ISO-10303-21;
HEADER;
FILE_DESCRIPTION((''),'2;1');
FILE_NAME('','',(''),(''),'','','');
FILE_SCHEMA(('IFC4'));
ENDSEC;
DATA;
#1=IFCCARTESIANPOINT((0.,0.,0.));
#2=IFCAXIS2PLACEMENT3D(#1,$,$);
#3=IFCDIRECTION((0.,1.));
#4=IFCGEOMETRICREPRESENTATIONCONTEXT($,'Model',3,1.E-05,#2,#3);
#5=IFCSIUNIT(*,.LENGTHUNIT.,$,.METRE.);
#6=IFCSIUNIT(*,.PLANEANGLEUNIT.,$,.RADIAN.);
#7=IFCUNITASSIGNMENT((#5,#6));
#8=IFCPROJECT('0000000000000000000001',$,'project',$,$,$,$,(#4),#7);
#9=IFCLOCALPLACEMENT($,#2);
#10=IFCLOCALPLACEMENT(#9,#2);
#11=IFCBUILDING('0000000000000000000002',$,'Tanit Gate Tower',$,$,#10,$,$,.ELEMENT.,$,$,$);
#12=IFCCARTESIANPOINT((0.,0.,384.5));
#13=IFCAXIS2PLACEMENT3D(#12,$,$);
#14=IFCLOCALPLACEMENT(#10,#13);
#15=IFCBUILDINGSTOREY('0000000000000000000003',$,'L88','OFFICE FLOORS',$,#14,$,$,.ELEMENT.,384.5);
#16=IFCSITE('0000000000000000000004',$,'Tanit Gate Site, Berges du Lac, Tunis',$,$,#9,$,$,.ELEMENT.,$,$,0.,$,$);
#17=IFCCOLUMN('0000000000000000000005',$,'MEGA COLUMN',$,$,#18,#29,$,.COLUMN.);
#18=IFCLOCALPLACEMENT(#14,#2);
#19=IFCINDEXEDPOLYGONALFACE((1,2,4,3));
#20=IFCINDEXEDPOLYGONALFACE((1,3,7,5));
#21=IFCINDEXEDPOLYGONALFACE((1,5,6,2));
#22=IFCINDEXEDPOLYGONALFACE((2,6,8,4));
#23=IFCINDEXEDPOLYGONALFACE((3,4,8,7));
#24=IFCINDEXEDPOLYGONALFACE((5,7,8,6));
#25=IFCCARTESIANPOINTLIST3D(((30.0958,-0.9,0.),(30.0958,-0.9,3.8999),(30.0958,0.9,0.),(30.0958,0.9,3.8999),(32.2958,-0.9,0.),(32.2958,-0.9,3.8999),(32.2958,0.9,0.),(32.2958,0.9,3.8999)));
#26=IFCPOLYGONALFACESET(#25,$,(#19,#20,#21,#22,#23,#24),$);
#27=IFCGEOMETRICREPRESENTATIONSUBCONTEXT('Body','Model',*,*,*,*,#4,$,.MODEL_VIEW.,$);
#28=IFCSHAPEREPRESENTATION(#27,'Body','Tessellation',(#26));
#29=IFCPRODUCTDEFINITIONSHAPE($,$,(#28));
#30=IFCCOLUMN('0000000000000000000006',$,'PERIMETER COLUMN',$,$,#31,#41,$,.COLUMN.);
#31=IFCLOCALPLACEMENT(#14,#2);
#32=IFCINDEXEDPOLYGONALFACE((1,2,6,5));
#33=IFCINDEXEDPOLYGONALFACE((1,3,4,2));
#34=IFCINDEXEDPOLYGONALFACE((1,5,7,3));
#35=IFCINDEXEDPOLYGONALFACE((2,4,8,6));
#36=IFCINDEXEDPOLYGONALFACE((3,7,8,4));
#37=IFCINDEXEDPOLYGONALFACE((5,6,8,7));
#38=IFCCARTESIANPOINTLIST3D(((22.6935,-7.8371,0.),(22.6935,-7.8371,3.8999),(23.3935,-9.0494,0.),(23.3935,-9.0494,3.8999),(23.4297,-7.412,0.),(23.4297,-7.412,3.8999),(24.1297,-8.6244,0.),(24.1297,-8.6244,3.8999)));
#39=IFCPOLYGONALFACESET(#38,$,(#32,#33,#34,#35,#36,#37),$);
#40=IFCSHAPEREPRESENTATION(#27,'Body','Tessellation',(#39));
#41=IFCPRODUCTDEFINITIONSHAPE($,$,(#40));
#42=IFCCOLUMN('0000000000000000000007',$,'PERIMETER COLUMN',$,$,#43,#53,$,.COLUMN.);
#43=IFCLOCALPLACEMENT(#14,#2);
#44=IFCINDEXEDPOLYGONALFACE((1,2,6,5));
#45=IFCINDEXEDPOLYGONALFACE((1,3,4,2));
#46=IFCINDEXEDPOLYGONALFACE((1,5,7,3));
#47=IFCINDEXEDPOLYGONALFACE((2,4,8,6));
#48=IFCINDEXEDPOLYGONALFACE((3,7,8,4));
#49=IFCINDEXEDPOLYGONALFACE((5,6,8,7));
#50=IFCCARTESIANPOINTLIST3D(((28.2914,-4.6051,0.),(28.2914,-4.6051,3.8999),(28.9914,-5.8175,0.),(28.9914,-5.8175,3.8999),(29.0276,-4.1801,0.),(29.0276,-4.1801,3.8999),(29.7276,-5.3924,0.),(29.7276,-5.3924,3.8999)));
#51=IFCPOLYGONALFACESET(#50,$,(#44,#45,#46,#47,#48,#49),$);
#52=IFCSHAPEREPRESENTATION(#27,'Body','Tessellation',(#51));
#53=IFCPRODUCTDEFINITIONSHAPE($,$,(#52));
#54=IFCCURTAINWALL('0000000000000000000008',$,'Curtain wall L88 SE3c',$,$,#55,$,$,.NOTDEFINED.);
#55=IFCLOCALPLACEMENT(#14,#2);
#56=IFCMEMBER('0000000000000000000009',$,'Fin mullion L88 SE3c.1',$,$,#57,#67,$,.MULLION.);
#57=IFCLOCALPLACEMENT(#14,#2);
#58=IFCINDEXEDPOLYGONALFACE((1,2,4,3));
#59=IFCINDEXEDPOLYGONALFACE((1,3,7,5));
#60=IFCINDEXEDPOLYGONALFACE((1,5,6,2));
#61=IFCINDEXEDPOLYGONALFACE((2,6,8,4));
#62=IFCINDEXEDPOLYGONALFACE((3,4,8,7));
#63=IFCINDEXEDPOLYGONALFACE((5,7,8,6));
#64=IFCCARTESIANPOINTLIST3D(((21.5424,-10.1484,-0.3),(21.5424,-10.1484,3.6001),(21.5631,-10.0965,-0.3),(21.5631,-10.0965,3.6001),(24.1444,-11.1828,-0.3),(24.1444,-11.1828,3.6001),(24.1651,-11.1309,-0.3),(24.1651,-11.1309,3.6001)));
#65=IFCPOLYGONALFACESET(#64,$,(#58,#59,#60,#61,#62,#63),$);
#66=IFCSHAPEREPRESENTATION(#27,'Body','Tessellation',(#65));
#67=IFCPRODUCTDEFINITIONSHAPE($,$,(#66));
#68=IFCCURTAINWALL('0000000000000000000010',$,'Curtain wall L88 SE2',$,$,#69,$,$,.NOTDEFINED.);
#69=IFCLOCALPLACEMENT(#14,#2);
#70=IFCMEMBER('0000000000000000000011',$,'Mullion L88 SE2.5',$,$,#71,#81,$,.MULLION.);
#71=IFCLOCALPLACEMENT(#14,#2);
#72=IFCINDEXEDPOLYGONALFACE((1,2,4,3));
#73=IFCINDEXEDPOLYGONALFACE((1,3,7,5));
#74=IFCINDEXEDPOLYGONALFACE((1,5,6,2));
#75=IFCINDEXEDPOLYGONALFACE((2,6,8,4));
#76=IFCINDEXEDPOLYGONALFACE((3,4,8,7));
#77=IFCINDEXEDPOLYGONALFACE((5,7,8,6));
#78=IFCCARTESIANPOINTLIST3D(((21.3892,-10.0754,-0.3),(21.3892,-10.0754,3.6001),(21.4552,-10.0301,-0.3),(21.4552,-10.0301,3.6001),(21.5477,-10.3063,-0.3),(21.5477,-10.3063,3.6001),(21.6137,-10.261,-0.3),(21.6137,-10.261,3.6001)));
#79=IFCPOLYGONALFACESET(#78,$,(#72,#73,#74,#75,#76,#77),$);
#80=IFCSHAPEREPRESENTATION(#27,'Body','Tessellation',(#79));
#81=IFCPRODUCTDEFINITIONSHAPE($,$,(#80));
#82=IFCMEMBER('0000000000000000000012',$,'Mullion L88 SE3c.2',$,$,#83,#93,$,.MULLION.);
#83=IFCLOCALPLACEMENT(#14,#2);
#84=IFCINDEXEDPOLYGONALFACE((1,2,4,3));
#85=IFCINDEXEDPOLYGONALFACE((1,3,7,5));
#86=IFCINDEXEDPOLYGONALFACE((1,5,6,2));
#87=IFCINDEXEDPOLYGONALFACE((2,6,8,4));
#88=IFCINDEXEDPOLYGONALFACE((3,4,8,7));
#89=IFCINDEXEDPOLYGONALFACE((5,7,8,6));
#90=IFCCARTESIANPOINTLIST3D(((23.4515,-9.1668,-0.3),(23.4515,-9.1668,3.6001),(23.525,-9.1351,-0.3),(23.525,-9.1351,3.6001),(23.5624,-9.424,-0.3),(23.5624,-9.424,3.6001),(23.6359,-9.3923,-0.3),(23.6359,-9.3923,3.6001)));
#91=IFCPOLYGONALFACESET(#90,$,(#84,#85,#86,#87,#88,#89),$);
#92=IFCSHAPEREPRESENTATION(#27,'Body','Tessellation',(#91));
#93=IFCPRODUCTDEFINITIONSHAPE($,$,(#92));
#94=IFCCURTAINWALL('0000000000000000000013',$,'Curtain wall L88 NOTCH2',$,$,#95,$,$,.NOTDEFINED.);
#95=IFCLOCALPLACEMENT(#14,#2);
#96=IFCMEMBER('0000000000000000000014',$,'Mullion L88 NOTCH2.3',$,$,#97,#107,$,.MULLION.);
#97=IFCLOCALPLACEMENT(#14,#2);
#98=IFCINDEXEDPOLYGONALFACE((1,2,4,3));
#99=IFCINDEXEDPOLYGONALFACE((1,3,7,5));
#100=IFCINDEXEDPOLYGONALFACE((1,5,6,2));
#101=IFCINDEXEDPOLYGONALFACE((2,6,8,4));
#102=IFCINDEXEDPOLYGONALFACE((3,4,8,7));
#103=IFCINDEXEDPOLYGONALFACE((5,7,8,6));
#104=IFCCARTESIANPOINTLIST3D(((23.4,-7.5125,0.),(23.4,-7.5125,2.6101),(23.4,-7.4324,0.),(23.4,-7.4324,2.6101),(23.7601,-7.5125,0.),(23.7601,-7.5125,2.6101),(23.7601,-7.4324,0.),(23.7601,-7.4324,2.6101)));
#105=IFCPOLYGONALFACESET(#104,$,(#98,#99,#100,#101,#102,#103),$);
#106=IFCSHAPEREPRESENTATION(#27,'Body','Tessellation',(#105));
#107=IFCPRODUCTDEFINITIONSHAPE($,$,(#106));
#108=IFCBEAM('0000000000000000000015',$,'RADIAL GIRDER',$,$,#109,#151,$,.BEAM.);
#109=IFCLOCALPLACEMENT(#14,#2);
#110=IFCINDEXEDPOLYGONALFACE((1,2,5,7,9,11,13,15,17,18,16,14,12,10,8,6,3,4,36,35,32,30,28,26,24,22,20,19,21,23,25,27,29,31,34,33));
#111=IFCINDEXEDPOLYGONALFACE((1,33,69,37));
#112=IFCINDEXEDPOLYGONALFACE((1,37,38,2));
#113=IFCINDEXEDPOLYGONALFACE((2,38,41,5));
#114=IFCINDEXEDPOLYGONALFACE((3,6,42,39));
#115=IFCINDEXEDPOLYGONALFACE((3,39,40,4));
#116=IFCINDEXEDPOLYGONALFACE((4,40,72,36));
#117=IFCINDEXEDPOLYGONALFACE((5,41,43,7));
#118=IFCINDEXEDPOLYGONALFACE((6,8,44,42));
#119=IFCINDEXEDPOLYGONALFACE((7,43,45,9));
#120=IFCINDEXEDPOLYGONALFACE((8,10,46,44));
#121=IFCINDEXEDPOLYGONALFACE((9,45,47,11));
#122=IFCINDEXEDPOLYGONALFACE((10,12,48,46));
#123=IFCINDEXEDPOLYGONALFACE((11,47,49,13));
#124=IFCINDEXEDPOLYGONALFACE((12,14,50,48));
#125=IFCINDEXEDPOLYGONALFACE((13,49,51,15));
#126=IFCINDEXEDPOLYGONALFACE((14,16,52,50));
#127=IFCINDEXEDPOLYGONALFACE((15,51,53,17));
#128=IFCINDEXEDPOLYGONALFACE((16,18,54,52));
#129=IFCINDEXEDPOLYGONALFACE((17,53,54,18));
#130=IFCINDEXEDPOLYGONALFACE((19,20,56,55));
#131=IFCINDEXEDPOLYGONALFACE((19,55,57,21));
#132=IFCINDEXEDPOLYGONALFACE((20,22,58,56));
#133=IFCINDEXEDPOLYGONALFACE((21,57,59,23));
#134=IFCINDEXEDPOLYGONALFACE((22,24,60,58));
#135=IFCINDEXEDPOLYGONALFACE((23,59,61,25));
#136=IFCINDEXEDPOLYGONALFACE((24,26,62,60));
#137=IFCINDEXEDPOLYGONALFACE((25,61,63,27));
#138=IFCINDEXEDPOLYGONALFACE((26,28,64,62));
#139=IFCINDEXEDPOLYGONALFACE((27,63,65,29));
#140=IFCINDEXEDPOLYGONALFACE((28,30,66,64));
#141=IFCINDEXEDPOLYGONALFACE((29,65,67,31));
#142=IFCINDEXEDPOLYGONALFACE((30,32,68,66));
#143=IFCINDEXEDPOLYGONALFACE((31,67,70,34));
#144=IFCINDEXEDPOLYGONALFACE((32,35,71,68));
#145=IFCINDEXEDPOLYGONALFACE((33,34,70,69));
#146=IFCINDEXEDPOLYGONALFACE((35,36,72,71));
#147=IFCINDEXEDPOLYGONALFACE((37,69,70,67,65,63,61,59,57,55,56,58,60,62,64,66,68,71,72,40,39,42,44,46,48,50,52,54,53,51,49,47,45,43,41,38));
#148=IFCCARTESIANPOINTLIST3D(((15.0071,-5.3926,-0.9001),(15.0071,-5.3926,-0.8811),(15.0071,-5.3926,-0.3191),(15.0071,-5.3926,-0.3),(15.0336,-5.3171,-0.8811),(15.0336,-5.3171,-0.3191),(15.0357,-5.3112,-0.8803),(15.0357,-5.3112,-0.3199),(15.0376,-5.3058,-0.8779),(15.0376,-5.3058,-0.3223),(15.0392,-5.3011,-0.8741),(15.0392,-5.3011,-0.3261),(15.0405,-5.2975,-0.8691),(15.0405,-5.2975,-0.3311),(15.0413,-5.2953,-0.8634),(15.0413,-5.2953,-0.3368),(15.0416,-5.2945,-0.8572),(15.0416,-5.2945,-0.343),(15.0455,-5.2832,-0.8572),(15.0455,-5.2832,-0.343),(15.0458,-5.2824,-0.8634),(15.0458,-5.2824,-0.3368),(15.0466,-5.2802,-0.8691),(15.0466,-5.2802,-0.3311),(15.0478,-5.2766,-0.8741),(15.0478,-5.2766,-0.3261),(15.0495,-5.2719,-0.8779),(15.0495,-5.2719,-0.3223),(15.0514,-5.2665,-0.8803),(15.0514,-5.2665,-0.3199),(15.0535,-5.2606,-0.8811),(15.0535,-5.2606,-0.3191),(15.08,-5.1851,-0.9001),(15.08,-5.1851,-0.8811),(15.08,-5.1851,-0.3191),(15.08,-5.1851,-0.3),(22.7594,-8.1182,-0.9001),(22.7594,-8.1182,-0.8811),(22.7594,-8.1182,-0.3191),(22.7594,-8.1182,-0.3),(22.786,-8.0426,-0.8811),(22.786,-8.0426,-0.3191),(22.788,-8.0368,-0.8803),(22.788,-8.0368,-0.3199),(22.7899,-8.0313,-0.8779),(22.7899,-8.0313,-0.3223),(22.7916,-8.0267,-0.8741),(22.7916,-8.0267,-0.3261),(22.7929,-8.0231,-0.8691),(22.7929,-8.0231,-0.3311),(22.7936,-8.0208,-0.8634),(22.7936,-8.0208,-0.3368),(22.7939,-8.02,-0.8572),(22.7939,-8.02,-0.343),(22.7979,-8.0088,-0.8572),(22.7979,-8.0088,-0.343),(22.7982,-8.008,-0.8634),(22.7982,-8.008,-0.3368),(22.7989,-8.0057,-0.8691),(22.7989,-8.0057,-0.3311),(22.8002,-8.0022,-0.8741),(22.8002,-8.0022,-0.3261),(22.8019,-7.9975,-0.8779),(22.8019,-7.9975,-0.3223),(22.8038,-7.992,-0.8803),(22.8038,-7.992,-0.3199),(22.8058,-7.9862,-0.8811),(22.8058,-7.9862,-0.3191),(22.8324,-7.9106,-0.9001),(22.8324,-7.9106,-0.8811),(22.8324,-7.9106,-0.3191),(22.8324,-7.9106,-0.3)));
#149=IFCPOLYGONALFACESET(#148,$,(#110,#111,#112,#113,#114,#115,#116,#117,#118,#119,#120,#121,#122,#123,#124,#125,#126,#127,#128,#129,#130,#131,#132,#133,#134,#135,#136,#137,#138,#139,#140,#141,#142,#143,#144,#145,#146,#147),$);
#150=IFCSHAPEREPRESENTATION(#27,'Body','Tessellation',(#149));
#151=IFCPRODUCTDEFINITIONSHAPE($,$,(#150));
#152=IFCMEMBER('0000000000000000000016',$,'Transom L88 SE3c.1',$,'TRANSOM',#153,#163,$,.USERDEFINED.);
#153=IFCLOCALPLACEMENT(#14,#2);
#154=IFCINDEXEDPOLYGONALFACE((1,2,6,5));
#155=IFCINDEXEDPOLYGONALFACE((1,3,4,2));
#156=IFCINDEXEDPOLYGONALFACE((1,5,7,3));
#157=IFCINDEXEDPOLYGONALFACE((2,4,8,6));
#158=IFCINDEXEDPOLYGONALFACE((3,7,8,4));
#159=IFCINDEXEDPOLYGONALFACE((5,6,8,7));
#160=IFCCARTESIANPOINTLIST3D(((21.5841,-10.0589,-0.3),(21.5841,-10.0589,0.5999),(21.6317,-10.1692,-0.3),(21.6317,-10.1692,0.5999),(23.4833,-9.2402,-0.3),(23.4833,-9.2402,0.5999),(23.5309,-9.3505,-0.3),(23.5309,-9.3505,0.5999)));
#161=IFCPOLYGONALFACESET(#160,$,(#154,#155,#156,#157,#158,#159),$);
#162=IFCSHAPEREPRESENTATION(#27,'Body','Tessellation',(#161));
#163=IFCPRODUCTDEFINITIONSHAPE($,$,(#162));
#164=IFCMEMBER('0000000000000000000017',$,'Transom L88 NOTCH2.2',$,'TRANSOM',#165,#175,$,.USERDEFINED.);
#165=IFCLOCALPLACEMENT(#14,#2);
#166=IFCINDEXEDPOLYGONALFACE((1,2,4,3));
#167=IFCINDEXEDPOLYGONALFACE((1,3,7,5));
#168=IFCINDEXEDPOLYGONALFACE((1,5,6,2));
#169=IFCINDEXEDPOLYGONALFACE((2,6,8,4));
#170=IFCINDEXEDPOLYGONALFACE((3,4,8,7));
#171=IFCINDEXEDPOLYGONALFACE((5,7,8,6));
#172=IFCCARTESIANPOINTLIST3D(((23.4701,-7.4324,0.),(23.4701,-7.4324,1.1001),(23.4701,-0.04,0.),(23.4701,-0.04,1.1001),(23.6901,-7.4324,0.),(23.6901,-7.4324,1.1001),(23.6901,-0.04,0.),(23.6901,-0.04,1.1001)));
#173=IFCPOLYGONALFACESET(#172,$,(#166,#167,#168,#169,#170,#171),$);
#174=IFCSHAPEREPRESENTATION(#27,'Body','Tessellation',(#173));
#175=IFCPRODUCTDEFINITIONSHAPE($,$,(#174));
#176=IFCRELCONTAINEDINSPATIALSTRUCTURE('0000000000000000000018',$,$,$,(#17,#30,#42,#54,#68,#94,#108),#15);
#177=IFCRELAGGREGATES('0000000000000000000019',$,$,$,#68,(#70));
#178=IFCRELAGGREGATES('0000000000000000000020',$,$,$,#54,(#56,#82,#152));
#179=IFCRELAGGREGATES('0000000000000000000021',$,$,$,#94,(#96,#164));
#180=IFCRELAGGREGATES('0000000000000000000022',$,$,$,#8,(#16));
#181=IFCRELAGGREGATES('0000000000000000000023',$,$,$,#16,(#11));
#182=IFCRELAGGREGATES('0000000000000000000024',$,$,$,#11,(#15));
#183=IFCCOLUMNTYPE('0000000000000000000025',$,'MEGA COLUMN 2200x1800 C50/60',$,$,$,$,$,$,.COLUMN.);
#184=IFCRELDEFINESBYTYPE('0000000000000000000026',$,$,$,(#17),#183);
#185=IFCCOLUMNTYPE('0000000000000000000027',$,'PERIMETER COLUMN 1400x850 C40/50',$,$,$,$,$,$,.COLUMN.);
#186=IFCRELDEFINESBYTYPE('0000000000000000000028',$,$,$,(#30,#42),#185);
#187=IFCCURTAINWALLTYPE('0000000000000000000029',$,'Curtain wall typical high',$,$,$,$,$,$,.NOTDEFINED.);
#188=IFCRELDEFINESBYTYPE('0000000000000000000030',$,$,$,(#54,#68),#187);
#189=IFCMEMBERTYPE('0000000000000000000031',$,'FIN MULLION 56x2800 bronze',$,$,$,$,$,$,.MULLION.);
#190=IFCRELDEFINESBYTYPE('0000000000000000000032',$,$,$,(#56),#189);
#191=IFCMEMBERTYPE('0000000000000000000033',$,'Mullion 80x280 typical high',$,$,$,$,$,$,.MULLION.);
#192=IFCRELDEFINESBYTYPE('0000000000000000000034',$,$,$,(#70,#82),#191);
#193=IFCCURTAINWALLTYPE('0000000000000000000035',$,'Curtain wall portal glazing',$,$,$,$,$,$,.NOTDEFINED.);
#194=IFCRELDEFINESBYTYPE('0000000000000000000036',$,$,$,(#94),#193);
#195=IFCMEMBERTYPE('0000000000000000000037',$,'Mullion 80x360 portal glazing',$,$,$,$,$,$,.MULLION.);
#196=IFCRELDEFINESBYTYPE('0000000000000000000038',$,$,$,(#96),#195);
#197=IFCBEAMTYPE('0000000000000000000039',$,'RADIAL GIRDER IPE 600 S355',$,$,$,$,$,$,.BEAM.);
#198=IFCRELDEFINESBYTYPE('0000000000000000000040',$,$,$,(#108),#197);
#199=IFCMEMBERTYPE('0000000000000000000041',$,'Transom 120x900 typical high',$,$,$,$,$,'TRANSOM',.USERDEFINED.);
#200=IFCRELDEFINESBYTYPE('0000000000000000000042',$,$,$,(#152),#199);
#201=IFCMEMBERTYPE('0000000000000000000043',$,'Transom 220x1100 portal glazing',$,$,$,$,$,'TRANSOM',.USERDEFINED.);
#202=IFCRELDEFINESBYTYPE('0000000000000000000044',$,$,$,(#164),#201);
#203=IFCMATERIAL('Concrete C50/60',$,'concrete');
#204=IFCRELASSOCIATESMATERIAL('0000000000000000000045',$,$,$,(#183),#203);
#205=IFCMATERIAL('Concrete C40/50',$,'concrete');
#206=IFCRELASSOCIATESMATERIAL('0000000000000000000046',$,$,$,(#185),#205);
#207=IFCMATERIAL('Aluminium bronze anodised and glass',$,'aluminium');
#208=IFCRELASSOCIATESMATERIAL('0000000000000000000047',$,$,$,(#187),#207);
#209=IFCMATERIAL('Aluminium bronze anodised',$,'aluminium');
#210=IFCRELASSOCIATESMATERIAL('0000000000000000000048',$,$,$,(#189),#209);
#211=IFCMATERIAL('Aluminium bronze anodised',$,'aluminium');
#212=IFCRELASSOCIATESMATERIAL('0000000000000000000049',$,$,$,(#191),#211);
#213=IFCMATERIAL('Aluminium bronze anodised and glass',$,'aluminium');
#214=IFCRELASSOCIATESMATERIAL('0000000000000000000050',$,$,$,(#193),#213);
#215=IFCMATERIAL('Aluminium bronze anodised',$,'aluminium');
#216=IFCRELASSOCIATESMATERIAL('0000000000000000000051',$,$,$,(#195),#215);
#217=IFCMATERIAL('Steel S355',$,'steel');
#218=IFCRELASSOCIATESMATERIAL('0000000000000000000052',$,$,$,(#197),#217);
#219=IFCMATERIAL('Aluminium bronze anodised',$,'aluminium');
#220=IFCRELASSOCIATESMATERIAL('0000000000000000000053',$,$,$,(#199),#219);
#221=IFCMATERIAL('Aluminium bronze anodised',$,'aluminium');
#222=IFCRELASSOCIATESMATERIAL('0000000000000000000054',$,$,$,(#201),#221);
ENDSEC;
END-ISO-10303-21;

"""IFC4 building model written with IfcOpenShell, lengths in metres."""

from ifc_helpers import new_model, si_unit, direction, frame, origin, origin_2d, place, context, subcontext, project, spatial, rectangle, i_section, extrude, material, material_profile, profile_set, type_object, element, aggregate, save


model = new_model("IFC4")

# Units and contexts
model_context = context("Model", 3, precision=1e-05, world=origin(), true_north=direction((0.0, 1.0)))
body_context = subcontext(model_context, "Body", "Model", "MODEL_VIEW")
ifc_project = project(units=[si_unit("LENGTHUNIT", "METRE"), si_unit("PLANEANGLEUNIT", "RADIAN")], contexts=[model_context])

# Site, building, storey
site_placement = place(None, origin())
site = spatial("IfcSite", under=ifc_project, at=site_placement, Name="Tanit Gate Site, Berges du Lac, Tunis", CompositionType="ELEMENT", RefElevation=0.0)
building_placement = place(site_placement, origin())
building = spatial("IfcBuilding", under=site, at=building_placement, Name="Tanit Gate Tower", CompositionType="ELEMENT")
storey_placement = place(building_placement, frame((0.0, 0.0, 384.5)))
storey = spatial("IfcBuildingStorey", under=building, at=storey_placement, Name="L88", Description="OFFICE FLOORS", CompositionType="ELEMENT", Elevation=384.5)

# Columns
ifc_material_1 = material(Name="Concrete C50/60", Category="concrete")
ifc_material_profile_1 = material_profile(ifc_material_1, rectangle(XDim=2.2, YDim=1.8, at=origin_2d()), Name="RC 2200x1800")
ifc_profile_set_1 = profile_set([ifc_material_profile_1], Name="Concrete C50/60")
column_type_1 = type_object("IfcColumnType", Name="MEGA COLUMN 2200x1800 C50/60", PredefinedType="COLUMN", material=ifc_profile_set_1)
column_placement = place(storey_placement, frame((31.1958, 0.0, 0.0), z_axis=(0.0, 0.0, 1.0), x_axis=(1.0, 0.0, 0.0)))
element("IfcColumn", 1, at=column_placement, inside=storey, type_object=column_type_1, Name="MEGA COLUMN", PredefinedType="COLUMN", context=body_context, shape_type="SweptSolid", body=[
    extrude(rectangle(XDim=2.2, YDim=1.8, at=origin_2d()), origin(), (0.0, 0.0, 1.0), 3.8999),
])
ifc_material_2 = material(Name="Concrete C40/50", Category="concrete")
ifc_material_profile_2 = material_profile(ifc_material_2, rectangle(XDim=1.3999, YDim=0.8501, at=origin_2d()), Name="RC 1400x850")
ifc_profile_set_2 = profile_set([ifc_material_profile_2], Name="Concrete C40/50")
column_type_2 = type_object("IfcColumnType", Name="PERIMETER COLUMN 1400x850 C40/50", PredefinedType="COLUMN", material=ifc_profile_set_2)
for number, where, z_axis, x_axis, name in (
    (2, (23.4116, -8.2307, 0.0), (0.0, 0.0, 1.0), (0.5, -0.866025, 0.0), "PERIMETER COLUMN"),
    (3, (29.0095, -4.9988, 0.0), (0.0, 0.0, 1.0), (0.5, -0.866025, 0.0), "PERIMETER COLUMN"),
):
    element("IfcColumn", number, at=place(storey_placement, frame(where, z_axis=z_axis, x_axis=x_axis)), inside=storey, type_object=column_type_2, Name=name, PredefinedType="COLUMN", context=body_context, shape_type="SweptSolid", body=[
        extrude(rectangle(XDim=1.3999, YDim=0.8501, at=origin_2d()), origin(), (0.0, 0.0, 1.0), 3.8999),
    ])

# Curtain walls, members
ifc_material_3 = material(Name="Aluminium bronze anodised and glass", Category="aluminium")
curtain_wall_type_1 = type_object("IfcCurtainWallType", Name="Curtain wall typical high", PredefinedType="NOTDEFINED", material=ifc_material_3)
curtain_wall_1_placement = place(storey_placement, origin())
curtain_wall_1 = element("IfcCurtainWall", 4, at=curtain_wall_1_placement, inside=storey, type_object=curtain_wall_type_1, Name="Curtain wall L88 SE3c", PredefinedType="NOTDEFINED")
ifc_material_4 = material(Name="Aluminium bronze anodised", Category="aluminium")
ifc_material_profile_3 = material_profile(ifc_material_4, rectangle(XDim=2.8, YDim=0.0559, at=origin_2d()), Name="56x2800 bronze fin mullion")
ifc_profile_set_3 = profile_set([ifc_material_profile_3], Name="Aluminium bronze anodised")
member_type_1 = type_object("IfcMemberType", Name="FIN MULLION 56x2800 bronze", PredefinedType="MULLION", material=ifc_profile_set_3)
member_1_placement = place(storey_placement, frame((22.8538, -10.6396, -0.3), z_axis=(0.0, 0.0, 1.0), x_axis=(-0.929264, 0.369417, 0.0)))
member_1 = element("IfcMember", 5, at=member_1_placement, type_object=member_type_1, Name="Fin mullion L88 SE3c.1", PredefinedType="MULLION", context=body_context, shape_type="SweptSolid", body=[
    extrude(rectangle(XDim=2.8, YDim=0.0559, at=origin_2d()), origin(), (0.0, 0.0, 1.0), 3.9001),
])
curtain_wall_2_placement = place(storey_placement, origin())
curtain_wall_2 = element("IfcCurtainWall", 6, at=curtain_wall_2_placement, inside=storey, type_object=curtain_wall_type_1, Name="Curtain wall L88 SE2", PredefinedType="NOTDEFINED")
ifc_material_5 = material(Name="Aluminium bronze anodised", Category="aluminium")
ifc_material_profile_4 = material_profile(ifc_material_5, rectangle(XDim=0.28, YDim=0.0801, at=origin_2d()), Name="80x280 bronze mullion")
ifc_profile_set_4 = profile_set([ifc_material_profile_4], Name="Aluminium bronze anodised")
member_type_2 = type_object("IfcMemberType", Name="Mullion 80x280 typical high", PredefinedType="MULLION", material=ifc_profile_set_4)
member_2_placement = place(storey_placement, frame((21.5015, -10.1682, -0.3), z_axis=(0.0, 0.0, 1.0), x_axis=(-0.565893, 0.824479, 0.0)))
member_2 = element("IfcMember", 7, at=member_2_placement, type_object=member_type_2, Name="Mullion L88 SE2.5", PredefinedType="MULLION", context=body_context, shape_type="SweptSolid", body=[
    extrude(rectangle(XDim=0.28, YDim=0.0801, at=origin_2d()), origin(), (0.0, 0.0, 1.0), 3.9001),
])
aggregate(curtain_wall_2, [member_2])

# Member
member_3_placement = place(storey_placement, frame((23.5437, -9.2795, -0.3), z_axis=(0.0, 0.0, 1.0), x_axis=(-0.395871, 0.918306, 0.0)))
member_3 = element("IfcMember", 8, at=member_3_placement, type_object=member_type_2, Name="Mullion L88 SE3c.2", PredefinedType="MULLION", context=body_context, shape_type="SweptSolid", body=[
    extrude(rectangle(XDim=0.28, YDim=0.0801, at=origin_2d()), origin(), (0.0, 0.0, 1.0), 3.9001),
])

# Curtain wall, member
ifc_material_6 = material(Name="Aluminium bronze anodised and glass", Category="aluminium")
curtain_wall_type_2 = type_object("IfcCurtainWallType", Name="Curtain wall portal glazing", PredefinedType="NOTDEFINED", material=ifc_material_6)
curtain_wall_3_placement = place(storey_placement, origin())
curtain_wall_3 = element("IfcCurtainWall", 9, at=curtain_wall_3_placement, inside=storey, type_object=curtain_wall_type_2, Name="Curtain wall L88 NOTCH2", PredefinedType="NOTDEFINED")
ifc_material_7 = material(Name="Aluminium bronze anodised", Category="aluminium")
ifc_material_profile_5 = material_profile(ifc_material_7, rectangle(XDim=0.3601, YDim=0.0801, at=origin_2d()), Name="80x360 bronze mullion")
ifc_profile_set_5 = profile_set([ifc_material_profile_5], Name="Aluminium bronze anodised")
member_type_3 = type_object("IfcMemberType", Name="Mullion 80x360 portal glazing", PredefinedType="MULLION", material=ifc_profile_set_5)
member_4_placement = place(storey_placement, frame((23.5801, -7.4724, 0.0), z_axis=(0.0, 0.0, 1.0), x_axis=(1.0, 0.0, 0.0)))
member_4 = element("IfcMember", 10, at=member_4_placement, type_object=member_type_3, Name="Mullion L88 NOTCH2.3", PredefinedType="MULLION", context=body_context, shape_type="SweptSolid", body=[
    extrude(rectangle(XDim=0.3601, YDim=0.0801, at=origin_2d()), origin(), (0.0, 0.0, 1.0), 2.6101),
])

# Beam
ifc_material_8 = material(Name="Steel S355", Category="steel")
ifc_material_profile_6 = material_profile(ifc_material_8, i_section(OverallWidth=0.22, OverallDepth=0.6001, WebThickness=0.012, FlangeThickness=0.019, FilletRadius=0.0239, at=origin_2d()), Name="IPE 600")
ifc_profile_set_6 = profile_set([ifc_material_profile_6], Name="Steel S355")
beam_type = type_object("IfcBeamType", Name="RADIAL GIRDER IPE 600 S355", PredefinedType="BEAM", material=ifc_profile_set_6)
beam_placement = place(storey_placement, frame((22.7959, -8.0144, -0.6001), z_axis=(-0.943393, 0.331676, 0.0), x_axis=(-0.331676, -0.943393, 0.0)))
element("IfcBeam", 11, at=beam_placement, inside=storey, type_object=beam_type, Name="RADIAL GIRDER", PredefinedType="BEAM", context=body_context, shape_type="SweptSolid", body=[
    extrude(i_section(OverallWidth=0.22, OverallDepth=0.6001, WebThickness=0.012, FlangeThickness=0.019, FilletRadius=0.0239, at=origin_2d()), origin(), (0.0, 0.0, 1.0), 8.2175),
])

# Members
ifc_material_9 = material(Name="Aluminium bronze anodised", Category="aluminium")
ifc_material_profile_7 = material_profile(ifc_material_9, rectangle(XDim=0.1201, YDim=0.8999, at=origin_2d()), Name="120x900 bronze transom")
ifc_profile_set_7 = profile_set([ifc_material_profile_7], Name="Aluminium bronze anodised")
member_type_4 = type_object("IfcMemberType", Name="Transom 120x900 typical high", ElementType="TRANSOM", PredefinedType="USERDEFINED", material=ifc_profile_set_7)
member_5_placement = place(storey_placement, frame((21.6079, -10.114, 0.1499), z_axis=(0.918325, 0.395828, 0.0), x_axis=(-0.395828, 0.918325, 0.0)))
member_5 = element("IfcMember", 12, at=member_5_placement, type_object=member_type_4, Name="Transom L88 SE3c.1", ObjectType="TRANSOM", PredefinedType="USERDEFINED", context=body_context, shape_type="SweptSolid", body=[
    extrude(rectangle(XDim=0.1201, YDim=0.8999, at=origin_2d()), origin(), (0.0, 0.0, 1.0), 2.0681),
])
ifc_material_10 = material(Name="Aluminium bronze anodised", Category="aluminium")
ifc_material_profile_8 = material_profile(ifc_material_10, rectangle(XDim=0.22, YDim=1.1001, at=origin_2d()), Name="220x1100 bronze transom")
ifc_profile_set_8 = profile_set([ifc_material_profile_8], Name="Aluminium bronze anodised")
member_type_5 = type_object("IfcMemberType", Name="Transom 220x1100 portal glazing", ElementType="TRANSOM", PredefinedType="USERDEFINED", material=ifc_profile_set_8)
member_6_placement = place(storey_placement, frame((23.5801, -0.04, 0.55), z_axis=(0.0, -1.0, 0.0), x_axis=(1.0, 0.0, 0.0)))
member_6 = element("IfcMember", 13, at=member_6_placement, type_object=member_type_5, Name="Transom L88 NOTCH2.2", ObjectType="TRANSOM", PredefinedType="USERDEFINED", context=body_context, shape_type="SweptSolid", body=[
    extrude(rectangle(XDim=0.22, YDim=1.1001, at=origin_2d()), origin(), (0.0, 0.0, 1.0), 7.3923),
])

aggregate(curtain_wall_1, [member_1, member_3, member_5])
aggregate(curtain_wall_3, [member_4, member_6])

save(model, "model.ifc")
